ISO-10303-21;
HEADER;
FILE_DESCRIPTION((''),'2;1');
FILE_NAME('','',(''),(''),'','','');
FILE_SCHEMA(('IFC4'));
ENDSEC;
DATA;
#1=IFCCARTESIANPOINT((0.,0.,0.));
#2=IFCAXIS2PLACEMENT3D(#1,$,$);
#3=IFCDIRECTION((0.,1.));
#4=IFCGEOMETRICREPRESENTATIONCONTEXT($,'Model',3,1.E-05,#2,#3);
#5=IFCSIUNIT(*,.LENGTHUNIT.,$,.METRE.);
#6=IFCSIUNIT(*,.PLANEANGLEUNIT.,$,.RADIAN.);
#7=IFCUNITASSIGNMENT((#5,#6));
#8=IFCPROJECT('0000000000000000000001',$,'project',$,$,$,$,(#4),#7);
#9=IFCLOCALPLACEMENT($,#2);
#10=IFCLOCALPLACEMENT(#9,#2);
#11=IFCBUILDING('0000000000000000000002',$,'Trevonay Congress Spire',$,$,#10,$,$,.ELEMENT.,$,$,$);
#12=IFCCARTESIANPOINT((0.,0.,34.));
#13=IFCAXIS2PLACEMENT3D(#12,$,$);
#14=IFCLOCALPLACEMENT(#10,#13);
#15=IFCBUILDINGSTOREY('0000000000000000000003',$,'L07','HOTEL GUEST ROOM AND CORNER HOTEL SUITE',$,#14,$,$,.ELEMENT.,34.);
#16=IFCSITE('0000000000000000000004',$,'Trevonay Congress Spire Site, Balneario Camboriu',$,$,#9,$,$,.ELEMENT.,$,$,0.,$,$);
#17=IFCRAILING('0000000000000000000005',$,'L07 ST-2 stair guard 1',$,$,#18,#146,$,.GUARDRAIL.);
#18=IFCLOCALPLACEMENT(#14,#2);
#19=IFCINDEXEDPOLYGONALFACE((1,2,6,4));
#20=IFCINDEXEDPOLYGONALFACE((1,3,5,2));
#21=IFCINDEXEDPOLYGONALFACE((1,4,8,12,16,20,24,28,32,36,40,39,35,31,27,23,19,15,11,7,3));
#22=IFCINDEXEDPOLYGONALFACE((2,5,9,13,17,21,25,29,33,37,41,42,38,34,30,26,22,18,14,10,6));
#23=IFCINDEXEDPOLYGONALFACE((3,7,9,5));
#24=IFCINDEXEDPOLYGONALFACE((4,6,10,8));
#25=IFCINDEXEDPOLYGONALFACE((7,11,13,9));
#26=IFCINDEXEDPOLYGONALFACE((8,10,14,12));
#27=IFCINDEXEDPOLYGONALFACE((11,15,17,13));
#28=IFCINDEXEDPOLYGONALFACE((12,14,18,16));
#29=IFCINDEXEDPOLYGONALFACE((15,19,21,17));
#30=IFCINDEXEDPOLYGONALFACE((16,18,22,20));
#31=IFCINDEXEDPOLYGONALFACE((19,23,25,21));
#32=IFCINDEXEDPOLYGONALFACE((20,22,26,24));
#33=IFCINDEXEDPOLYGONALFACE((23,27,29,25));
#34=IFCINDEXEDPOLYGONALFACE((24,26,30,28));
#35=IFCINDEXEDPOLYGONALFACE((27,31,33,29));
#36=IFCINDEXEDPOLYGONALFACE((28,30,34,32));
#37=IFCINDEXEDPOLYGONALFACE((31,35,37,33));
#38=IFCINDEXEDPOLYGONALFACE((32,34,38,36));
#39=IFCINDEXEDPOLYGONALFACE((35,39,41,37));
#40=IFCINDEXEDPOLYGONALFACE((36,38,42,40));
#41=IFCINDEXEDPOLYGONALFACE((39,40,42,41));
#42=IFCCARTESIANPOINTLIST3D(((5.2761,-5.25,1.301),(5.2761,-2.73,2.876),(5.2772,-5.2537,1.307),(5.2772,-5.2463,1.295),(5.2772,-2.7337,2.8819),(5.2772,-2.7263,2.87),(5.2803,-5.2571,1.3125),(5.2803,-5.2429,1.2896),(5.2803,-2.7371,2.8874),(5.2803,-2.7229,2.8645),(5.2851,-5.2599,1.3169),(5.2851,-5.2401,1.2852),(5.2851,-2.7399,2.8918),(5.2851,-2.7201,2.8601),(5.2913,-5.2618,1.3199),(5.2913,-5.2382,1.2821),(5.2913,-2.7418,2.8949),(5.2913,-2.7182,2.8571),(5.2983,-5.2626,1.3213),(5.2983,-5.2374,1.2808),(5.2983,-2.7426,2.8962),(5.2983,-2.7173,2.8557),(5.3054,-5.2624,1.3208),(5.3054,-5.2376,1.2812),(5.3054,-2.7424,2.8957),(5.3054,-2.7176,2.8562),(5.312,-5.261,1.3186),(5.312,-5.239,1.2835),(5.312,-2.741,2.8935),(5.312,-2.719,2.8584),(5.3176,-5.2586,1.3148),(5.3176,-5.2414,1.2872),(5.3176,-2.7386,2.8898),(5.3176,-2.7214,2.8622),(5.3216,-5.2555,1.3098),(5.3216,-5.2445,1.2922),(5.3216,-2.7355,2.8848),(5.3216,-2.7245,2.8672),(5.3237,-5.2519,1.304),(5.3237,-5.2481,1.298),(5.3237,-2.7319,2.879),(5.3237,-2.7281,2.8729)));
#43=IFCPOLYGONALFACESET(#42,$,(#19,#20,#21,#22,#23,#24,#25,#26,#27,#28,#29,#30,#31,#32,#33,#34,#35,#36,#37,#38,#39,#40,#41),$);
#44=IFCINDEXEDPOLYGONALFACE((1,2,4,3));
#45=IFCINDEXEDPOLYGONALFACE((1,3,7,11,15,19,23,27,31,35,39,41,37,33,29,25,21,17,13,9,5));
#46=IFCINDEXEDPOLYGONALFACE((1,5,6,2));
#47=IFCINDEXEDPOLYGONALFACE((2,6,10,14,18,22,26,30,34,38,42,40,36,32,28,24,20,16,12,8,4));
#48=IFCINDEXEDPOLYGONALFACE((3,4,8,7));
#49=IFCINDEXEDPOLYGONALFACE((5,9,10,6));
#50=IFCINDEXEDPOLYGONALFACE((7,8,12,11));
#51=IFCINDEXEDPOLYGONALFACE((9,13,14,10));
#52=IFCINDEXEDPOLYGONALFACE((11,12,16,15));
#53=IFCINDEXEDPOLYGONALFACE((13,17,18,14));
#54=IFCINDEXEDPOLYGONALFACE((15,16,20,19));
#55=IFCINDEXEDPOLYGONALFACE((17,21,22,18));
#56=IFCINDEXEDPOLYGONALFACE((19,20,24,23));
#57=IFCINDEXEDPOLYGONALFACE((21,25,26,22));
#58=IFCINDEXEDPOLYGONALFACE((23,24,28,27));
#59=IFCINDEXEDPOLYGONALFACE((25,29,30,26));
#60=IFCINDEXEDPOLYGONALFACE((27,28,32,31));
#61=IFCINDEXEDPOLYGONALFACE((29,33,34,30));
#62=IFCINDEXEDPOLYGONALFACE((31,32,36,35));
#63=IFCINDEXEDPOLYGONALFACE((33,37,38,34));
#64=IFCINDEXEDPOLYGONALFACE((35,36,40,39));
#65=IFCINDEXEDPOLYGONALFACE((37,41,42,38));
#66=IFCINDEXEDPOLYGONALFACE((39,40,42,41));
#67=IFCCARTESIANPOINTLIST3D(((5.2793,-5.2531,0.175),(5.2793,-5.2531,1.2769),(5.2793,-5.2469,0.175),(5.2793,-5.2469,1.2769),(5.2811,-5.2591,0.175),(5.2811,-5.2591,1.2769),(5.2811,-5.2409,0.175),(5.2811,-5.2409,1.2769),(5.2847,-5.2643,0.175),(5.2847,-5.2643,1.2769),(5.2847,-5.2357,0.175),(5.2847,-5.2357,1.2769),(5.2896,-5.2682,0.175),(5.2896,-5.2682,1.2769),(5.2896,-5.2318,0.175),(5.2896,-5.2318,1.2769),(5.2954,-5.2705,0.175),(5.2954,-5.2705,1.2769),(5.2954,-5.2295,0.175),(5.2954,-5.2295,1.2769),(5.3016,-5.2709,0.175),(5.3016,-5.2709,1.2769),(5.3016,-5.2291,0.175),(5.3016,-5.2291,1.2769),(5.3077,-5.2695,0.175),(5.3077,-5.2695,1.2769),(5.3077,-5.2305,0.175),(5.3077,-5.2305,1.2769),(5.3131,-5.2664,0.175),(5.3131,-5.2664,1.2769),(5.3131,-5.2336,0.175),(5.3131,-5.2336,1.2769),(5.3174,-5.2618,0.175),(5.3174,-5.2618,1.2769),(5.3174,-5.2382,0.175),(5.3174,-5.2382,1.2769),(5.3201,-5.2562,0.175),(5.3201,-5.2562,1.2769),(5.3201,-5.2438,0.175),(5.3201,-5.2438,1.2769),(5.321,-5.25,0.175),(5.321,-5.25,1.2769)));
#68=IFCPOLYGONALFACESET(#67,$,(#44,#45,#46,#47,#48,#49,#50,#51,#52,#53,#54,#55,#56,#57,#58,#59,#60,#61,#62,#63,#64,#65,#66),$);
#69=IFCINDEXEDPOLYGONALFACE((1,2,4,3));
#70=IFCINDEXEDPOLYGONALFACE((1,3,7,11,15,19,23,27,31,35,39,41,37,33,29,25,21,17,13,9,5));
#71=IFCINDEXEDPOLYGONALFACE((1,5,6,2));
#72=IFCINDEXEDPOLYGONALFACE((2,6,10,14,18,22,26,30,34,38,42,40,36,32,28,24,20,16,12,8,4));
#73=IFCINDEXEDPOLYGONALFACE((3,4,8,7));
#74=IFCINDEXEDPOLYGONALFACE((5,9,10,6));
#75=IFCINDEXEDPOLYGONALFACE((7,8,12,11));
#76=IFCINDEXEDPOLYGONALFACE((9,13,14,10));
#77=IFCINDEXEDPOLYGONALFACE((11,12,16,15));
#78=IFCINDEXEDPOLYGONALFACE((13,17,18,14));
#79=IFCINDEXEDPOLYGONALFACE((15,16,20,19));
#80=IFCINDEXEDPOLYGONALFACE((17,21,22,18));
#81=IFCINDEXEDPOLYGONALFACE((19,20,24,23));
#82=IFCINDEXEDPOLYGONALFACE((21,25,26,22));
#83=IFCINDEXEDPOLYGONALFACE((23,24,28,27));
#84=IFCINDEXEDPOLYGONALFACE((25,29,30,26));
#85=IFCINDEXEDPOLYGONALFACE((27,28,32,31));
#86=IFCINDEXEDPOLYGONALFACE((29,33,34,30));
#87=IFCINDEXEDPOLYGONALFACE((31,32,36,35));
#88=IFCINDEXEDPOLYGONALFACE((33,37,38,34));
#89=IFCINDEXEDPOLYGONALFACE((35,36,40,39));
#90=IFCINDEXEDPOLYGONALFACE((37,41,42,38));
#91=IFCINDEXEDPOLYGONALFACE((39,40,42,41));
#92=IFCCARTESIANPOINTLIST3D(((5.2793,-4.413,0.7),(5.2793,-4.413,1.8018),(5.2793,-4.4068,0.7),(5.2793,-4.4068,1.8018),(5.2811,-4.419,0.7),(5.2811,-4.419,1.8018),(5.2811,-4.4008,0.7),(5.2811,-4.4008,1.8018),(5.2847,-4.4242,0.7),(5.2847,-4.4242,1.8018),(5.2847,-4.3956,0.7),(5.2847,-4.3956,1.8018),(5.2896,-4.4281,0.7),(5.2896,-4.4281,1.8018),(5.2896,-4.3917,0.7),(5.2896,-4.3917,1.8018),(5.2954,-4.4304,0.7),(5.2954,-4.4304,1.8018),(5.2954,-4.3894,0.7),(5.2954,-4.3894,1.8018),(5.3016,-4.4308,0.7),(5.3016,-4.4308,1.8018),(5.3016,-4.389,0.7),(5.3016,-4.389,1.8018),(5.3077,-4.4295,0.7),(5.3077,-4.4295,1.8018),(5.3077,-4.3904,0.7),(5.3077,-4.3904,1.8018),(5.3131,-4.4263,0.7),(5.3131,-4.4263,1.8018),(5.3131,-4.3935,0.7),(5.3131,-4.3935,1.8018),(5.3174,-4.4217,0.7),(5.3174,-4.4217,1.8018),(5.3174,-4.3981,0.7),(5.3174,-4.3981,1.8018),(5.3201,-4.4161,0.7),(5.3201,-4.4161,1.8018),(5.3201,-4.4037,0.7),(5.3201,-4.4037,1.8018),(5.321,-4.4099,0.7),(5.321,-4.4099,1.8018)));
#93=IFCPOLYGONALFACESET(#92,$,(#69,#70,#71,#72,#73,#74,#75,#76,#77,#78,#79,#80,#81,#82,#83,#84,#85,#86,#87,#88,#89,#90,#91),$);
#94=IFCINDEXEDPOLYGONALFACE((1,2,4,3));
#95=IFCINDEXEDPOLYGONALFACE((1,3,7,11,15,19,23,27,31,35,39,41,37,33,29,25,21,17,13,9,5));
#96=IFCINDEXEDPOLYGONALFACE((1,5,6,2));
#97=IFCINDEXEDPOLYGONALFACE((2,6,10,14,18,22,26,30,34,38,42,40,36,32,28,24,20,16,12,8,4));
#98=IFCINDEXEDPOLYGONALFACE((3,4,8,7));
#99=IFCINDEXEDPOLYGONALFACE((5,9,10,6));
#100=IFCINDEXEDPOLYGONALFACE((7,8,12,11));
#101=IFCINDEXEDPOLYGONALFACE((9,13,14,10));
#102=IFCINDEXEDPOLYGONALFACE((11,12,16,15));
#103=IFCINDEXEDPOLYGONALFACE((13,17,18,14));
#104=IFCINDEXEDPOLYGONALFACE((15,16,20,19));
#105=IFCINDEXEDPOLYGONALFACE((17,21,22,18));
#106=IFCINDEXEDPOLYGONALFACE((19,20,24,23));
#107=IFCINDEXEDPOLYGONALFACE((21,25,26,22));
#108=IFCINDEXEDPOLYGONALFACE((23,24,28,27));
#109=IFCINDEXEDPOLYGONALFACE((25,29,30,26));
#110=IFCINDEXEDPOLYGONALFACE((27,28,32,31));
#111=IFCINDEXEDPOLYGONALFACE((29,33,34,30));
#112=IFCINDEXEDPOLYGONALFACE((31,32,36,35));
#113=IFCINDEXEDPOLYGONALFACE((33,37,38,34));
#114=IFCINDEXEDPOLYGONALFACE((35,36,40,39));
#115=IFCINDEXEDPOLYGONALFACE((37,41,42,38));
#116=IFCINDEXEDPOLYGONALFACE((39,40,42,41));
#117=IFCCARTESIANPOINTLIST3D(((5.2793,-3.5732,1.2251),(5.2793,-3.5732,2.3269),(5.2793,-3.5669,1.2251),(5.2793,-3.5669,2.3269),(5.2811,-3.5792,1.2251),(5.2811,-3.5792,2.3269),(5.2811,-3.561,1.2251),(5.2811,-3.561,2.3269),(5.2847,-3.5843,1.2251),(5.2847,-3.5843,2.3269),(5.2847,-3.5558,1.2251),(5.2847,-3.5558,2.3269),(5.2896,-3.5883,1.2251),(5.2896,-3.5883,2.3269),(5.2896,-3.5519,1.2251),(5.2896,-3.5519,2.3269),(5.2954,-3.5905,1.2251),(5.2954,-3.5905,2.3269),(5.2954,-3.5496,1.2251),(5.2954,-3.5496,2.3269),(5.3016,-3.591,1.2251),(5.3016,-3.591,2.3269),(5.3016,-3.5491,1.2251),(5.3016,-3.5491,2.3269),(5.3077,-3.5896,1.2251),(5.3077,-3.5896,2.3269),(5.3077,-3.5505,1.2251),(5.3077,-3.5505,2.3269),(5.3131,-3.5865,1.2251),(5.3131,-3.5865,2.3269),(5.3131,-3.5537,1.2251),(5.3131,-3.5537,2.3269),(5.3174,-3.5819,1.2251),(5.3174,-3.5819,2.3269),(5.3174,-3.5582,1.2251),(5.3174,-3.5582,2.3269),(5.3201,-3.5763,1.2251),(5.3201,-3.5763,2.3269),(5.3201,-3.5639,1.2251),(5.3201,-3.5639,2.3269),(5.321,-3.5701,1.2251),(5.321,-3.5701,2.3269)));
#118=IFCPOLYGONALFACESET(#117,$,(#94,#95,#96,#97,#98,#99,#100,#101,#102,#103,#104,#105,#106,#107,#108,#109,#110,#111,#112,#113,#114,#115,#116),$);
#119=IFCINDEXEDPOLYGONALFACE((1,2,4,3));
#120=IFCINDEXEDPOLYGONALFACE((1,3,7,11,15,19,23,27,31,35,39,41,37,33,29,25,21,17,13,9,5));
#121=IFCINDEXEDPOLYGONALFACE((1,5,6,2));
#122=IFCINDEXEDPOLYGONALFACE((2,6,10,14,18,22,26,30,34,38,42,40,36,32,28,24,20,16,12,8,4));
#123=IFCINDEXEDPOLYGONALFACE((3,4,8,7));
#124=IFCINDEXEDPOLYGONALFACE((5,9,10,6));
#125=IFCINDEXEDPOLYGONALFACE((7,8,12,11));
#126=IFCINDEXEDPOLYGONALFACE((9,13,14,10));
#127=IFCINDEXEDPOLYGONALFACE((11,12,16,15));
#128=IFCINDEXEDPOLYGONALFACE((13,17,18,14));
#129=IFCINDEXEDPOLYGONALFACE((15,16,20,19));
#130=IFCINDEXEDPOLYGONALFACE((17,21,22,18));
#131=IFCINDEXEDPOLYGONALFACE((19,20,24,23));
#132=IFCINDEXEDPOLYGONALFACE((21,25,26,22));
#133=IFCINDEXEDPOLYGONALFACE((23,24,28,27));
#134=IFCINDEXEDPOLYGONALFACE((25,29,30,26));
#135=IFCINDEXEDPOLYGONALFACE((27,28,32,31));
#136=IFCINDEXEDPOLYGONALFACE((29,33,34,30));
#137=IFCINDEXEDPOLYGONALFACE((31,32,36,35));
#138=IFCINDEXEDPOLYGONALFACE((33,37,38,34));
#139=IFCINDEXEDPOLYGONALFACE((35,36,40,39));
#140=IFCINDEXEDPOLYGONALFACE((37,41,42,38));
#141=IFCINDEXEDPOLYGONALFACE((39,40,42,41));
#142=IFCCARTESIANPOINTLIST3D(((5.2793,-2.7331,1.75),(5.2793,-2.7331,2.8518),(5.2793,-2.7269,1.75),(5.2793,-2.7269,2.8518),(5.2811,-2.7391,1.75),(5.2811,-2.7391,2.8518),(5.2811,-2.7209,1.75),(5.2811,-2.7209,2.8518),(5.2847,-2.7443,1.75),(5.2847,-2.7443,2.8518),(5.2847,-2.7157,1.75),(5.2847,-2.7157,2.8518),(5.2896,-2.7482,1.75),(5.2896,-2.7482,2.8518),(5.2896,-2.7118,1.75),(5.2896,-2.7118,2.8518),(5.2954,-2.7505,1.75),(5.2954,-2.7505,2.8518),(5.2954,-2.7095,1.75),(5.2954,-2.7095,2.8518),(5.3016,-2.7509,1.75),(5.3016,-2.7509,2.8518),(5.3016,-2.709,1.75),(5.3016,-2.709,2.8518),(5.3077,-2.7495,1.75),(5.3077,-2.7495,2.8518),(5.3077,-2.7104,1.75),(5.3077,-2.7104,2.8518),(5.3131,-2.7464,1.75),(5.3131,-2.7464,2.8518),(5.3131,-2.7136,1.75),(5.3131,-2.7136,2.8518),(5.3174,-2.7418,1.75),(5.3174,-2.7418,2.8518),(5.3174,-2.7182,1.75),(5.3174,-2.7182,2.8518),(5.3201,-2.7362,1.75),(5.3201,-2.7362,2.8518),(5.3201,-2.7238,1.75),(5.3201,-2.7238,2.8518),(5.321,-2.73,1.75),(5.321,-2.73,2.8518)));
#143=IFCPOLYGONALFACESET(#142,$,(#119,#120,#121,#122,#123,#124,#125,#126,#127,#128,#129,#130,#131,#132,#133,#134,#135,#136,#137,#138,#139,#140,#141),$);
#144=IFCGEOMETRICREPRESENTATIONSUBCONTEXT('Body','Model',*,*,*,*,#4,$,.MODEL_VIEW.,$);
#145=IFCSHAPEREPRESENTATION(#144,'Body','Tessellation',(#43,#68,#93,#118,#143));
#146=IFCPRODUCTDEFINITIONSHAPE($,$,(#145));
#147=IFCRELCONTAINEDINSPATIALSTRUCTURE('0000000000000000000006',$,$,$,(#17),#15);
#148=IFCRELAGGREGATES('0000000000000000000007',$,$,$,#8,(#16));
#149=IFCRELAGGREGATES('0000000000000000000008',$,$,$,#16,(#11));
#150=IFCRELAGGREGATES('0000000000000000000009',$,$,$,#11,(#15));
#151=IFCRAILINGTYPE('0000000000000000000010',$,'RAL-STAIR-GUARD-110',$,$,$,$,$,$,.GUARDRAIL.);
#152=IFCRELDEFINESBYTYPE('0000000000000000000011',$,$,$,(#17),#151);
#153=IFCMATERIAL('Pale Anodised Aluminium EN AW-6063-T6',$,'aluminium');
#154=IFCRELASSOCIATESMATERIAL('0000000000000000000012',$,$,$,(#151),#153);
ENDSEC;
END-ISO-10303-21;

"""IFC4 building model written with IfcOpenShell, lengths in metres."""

from ifc_helpers import new_model, si_unit, direction, frame, origin, origin_2d, place, context, subcontext, project, spatial, circle, extrude, material, type_object, element, save


model = new_model("IFC4")

# Units and contexts
model_context = context("Model", 3, precision=1e-05, world=origin(), true_north=direction((0.0, 1.0)))
body_context = subcontext(model_context, "Body", "Model", "MODEL_VIEW")
ifc_project = project(units=[si_unit("LENGTHUNIT", "METRE"), si_unit("PLANEANGLEUNIT", "RADIAN")], contexts=[model_context])

# Site, building, storey
site_placement = place(None, origin())
site = spatial("IfcSite", under=ifc_project, at=site_placement, Name="Trevonay Congress Spire Site, Balneario Camboriu", CompositionType="ELEMENT", RefElevation=0.0)
building_placement = place(site_placement, origin())
building = spatial("IfcBuilding", under=site, at=building_placement, Name="Trevonay Congress Spire", CompositionType="ELEMENT")
storey_placement = place(building_placement, frame((0.0, 0.0, 34.0)))
storey = spatial("IfcBuildingStorey", under=building, at=storey_placement, Name="L07", Description="HOTEL GUEST ROOM AND CORNER HOTEL SUITE", CompositionType="ELEMENT", Elevation=34.0)

# Shared definitions
ifc_material_1 = material(Name="Pale Anodised Aluminium EN AW-6063-T6", Category="aluminium")

# Railing
railing_type_1 = type_object("IfcRailingType", Name="RAL-STAIR-GUARD-110", PredefinedType="GUARDRAIL", material=ifc_material_1)
railing_1_placement = place(storey_placement, frame((5.3, -5.25, 0.175)))
element("IfcRailing", 1, at=railing_1_placement, inside=storey, type_object=railing_type_1, Name="L07 ST-2 stair guard 1", PredefinedType="GUARDRAIL", context=body_context, shape_type="SweptSolid", body=[
    extrude(circle(Radius=0.0239, at=origin_2d()), frame((0.0, 0.0, 1.126), z_axis=(0.0, 0.848008, 0.529984), x_axis=(-1.0, 0.0, 0.0)), (0.0, 0.0, 1.0), 2.9717),
    extrude(circle(Radius=0.021, at=origin_2d()), origin(), (0.0, 0.0, 1.0), 1.1018),
    extrude(circle(Radius=0.021, at=origin_2d()), frame((0.0, 0.8401, 0.5249)), (0.0, 0.0, 1.0), 1.1018),
    extrude(circle(Radius=0.021, at=origin_2d()), frame((0.0, 1.6799, 1.05)), (0.0, 0.0, 1.0), 1.1018),
    extrude(circle(Radius=0.021, at=origin_2d()), frame((0.0, 2.52, 1.575)), (0.0, 0.0, 1.0), 1.1018),
])

save(model, "model.ifc")
